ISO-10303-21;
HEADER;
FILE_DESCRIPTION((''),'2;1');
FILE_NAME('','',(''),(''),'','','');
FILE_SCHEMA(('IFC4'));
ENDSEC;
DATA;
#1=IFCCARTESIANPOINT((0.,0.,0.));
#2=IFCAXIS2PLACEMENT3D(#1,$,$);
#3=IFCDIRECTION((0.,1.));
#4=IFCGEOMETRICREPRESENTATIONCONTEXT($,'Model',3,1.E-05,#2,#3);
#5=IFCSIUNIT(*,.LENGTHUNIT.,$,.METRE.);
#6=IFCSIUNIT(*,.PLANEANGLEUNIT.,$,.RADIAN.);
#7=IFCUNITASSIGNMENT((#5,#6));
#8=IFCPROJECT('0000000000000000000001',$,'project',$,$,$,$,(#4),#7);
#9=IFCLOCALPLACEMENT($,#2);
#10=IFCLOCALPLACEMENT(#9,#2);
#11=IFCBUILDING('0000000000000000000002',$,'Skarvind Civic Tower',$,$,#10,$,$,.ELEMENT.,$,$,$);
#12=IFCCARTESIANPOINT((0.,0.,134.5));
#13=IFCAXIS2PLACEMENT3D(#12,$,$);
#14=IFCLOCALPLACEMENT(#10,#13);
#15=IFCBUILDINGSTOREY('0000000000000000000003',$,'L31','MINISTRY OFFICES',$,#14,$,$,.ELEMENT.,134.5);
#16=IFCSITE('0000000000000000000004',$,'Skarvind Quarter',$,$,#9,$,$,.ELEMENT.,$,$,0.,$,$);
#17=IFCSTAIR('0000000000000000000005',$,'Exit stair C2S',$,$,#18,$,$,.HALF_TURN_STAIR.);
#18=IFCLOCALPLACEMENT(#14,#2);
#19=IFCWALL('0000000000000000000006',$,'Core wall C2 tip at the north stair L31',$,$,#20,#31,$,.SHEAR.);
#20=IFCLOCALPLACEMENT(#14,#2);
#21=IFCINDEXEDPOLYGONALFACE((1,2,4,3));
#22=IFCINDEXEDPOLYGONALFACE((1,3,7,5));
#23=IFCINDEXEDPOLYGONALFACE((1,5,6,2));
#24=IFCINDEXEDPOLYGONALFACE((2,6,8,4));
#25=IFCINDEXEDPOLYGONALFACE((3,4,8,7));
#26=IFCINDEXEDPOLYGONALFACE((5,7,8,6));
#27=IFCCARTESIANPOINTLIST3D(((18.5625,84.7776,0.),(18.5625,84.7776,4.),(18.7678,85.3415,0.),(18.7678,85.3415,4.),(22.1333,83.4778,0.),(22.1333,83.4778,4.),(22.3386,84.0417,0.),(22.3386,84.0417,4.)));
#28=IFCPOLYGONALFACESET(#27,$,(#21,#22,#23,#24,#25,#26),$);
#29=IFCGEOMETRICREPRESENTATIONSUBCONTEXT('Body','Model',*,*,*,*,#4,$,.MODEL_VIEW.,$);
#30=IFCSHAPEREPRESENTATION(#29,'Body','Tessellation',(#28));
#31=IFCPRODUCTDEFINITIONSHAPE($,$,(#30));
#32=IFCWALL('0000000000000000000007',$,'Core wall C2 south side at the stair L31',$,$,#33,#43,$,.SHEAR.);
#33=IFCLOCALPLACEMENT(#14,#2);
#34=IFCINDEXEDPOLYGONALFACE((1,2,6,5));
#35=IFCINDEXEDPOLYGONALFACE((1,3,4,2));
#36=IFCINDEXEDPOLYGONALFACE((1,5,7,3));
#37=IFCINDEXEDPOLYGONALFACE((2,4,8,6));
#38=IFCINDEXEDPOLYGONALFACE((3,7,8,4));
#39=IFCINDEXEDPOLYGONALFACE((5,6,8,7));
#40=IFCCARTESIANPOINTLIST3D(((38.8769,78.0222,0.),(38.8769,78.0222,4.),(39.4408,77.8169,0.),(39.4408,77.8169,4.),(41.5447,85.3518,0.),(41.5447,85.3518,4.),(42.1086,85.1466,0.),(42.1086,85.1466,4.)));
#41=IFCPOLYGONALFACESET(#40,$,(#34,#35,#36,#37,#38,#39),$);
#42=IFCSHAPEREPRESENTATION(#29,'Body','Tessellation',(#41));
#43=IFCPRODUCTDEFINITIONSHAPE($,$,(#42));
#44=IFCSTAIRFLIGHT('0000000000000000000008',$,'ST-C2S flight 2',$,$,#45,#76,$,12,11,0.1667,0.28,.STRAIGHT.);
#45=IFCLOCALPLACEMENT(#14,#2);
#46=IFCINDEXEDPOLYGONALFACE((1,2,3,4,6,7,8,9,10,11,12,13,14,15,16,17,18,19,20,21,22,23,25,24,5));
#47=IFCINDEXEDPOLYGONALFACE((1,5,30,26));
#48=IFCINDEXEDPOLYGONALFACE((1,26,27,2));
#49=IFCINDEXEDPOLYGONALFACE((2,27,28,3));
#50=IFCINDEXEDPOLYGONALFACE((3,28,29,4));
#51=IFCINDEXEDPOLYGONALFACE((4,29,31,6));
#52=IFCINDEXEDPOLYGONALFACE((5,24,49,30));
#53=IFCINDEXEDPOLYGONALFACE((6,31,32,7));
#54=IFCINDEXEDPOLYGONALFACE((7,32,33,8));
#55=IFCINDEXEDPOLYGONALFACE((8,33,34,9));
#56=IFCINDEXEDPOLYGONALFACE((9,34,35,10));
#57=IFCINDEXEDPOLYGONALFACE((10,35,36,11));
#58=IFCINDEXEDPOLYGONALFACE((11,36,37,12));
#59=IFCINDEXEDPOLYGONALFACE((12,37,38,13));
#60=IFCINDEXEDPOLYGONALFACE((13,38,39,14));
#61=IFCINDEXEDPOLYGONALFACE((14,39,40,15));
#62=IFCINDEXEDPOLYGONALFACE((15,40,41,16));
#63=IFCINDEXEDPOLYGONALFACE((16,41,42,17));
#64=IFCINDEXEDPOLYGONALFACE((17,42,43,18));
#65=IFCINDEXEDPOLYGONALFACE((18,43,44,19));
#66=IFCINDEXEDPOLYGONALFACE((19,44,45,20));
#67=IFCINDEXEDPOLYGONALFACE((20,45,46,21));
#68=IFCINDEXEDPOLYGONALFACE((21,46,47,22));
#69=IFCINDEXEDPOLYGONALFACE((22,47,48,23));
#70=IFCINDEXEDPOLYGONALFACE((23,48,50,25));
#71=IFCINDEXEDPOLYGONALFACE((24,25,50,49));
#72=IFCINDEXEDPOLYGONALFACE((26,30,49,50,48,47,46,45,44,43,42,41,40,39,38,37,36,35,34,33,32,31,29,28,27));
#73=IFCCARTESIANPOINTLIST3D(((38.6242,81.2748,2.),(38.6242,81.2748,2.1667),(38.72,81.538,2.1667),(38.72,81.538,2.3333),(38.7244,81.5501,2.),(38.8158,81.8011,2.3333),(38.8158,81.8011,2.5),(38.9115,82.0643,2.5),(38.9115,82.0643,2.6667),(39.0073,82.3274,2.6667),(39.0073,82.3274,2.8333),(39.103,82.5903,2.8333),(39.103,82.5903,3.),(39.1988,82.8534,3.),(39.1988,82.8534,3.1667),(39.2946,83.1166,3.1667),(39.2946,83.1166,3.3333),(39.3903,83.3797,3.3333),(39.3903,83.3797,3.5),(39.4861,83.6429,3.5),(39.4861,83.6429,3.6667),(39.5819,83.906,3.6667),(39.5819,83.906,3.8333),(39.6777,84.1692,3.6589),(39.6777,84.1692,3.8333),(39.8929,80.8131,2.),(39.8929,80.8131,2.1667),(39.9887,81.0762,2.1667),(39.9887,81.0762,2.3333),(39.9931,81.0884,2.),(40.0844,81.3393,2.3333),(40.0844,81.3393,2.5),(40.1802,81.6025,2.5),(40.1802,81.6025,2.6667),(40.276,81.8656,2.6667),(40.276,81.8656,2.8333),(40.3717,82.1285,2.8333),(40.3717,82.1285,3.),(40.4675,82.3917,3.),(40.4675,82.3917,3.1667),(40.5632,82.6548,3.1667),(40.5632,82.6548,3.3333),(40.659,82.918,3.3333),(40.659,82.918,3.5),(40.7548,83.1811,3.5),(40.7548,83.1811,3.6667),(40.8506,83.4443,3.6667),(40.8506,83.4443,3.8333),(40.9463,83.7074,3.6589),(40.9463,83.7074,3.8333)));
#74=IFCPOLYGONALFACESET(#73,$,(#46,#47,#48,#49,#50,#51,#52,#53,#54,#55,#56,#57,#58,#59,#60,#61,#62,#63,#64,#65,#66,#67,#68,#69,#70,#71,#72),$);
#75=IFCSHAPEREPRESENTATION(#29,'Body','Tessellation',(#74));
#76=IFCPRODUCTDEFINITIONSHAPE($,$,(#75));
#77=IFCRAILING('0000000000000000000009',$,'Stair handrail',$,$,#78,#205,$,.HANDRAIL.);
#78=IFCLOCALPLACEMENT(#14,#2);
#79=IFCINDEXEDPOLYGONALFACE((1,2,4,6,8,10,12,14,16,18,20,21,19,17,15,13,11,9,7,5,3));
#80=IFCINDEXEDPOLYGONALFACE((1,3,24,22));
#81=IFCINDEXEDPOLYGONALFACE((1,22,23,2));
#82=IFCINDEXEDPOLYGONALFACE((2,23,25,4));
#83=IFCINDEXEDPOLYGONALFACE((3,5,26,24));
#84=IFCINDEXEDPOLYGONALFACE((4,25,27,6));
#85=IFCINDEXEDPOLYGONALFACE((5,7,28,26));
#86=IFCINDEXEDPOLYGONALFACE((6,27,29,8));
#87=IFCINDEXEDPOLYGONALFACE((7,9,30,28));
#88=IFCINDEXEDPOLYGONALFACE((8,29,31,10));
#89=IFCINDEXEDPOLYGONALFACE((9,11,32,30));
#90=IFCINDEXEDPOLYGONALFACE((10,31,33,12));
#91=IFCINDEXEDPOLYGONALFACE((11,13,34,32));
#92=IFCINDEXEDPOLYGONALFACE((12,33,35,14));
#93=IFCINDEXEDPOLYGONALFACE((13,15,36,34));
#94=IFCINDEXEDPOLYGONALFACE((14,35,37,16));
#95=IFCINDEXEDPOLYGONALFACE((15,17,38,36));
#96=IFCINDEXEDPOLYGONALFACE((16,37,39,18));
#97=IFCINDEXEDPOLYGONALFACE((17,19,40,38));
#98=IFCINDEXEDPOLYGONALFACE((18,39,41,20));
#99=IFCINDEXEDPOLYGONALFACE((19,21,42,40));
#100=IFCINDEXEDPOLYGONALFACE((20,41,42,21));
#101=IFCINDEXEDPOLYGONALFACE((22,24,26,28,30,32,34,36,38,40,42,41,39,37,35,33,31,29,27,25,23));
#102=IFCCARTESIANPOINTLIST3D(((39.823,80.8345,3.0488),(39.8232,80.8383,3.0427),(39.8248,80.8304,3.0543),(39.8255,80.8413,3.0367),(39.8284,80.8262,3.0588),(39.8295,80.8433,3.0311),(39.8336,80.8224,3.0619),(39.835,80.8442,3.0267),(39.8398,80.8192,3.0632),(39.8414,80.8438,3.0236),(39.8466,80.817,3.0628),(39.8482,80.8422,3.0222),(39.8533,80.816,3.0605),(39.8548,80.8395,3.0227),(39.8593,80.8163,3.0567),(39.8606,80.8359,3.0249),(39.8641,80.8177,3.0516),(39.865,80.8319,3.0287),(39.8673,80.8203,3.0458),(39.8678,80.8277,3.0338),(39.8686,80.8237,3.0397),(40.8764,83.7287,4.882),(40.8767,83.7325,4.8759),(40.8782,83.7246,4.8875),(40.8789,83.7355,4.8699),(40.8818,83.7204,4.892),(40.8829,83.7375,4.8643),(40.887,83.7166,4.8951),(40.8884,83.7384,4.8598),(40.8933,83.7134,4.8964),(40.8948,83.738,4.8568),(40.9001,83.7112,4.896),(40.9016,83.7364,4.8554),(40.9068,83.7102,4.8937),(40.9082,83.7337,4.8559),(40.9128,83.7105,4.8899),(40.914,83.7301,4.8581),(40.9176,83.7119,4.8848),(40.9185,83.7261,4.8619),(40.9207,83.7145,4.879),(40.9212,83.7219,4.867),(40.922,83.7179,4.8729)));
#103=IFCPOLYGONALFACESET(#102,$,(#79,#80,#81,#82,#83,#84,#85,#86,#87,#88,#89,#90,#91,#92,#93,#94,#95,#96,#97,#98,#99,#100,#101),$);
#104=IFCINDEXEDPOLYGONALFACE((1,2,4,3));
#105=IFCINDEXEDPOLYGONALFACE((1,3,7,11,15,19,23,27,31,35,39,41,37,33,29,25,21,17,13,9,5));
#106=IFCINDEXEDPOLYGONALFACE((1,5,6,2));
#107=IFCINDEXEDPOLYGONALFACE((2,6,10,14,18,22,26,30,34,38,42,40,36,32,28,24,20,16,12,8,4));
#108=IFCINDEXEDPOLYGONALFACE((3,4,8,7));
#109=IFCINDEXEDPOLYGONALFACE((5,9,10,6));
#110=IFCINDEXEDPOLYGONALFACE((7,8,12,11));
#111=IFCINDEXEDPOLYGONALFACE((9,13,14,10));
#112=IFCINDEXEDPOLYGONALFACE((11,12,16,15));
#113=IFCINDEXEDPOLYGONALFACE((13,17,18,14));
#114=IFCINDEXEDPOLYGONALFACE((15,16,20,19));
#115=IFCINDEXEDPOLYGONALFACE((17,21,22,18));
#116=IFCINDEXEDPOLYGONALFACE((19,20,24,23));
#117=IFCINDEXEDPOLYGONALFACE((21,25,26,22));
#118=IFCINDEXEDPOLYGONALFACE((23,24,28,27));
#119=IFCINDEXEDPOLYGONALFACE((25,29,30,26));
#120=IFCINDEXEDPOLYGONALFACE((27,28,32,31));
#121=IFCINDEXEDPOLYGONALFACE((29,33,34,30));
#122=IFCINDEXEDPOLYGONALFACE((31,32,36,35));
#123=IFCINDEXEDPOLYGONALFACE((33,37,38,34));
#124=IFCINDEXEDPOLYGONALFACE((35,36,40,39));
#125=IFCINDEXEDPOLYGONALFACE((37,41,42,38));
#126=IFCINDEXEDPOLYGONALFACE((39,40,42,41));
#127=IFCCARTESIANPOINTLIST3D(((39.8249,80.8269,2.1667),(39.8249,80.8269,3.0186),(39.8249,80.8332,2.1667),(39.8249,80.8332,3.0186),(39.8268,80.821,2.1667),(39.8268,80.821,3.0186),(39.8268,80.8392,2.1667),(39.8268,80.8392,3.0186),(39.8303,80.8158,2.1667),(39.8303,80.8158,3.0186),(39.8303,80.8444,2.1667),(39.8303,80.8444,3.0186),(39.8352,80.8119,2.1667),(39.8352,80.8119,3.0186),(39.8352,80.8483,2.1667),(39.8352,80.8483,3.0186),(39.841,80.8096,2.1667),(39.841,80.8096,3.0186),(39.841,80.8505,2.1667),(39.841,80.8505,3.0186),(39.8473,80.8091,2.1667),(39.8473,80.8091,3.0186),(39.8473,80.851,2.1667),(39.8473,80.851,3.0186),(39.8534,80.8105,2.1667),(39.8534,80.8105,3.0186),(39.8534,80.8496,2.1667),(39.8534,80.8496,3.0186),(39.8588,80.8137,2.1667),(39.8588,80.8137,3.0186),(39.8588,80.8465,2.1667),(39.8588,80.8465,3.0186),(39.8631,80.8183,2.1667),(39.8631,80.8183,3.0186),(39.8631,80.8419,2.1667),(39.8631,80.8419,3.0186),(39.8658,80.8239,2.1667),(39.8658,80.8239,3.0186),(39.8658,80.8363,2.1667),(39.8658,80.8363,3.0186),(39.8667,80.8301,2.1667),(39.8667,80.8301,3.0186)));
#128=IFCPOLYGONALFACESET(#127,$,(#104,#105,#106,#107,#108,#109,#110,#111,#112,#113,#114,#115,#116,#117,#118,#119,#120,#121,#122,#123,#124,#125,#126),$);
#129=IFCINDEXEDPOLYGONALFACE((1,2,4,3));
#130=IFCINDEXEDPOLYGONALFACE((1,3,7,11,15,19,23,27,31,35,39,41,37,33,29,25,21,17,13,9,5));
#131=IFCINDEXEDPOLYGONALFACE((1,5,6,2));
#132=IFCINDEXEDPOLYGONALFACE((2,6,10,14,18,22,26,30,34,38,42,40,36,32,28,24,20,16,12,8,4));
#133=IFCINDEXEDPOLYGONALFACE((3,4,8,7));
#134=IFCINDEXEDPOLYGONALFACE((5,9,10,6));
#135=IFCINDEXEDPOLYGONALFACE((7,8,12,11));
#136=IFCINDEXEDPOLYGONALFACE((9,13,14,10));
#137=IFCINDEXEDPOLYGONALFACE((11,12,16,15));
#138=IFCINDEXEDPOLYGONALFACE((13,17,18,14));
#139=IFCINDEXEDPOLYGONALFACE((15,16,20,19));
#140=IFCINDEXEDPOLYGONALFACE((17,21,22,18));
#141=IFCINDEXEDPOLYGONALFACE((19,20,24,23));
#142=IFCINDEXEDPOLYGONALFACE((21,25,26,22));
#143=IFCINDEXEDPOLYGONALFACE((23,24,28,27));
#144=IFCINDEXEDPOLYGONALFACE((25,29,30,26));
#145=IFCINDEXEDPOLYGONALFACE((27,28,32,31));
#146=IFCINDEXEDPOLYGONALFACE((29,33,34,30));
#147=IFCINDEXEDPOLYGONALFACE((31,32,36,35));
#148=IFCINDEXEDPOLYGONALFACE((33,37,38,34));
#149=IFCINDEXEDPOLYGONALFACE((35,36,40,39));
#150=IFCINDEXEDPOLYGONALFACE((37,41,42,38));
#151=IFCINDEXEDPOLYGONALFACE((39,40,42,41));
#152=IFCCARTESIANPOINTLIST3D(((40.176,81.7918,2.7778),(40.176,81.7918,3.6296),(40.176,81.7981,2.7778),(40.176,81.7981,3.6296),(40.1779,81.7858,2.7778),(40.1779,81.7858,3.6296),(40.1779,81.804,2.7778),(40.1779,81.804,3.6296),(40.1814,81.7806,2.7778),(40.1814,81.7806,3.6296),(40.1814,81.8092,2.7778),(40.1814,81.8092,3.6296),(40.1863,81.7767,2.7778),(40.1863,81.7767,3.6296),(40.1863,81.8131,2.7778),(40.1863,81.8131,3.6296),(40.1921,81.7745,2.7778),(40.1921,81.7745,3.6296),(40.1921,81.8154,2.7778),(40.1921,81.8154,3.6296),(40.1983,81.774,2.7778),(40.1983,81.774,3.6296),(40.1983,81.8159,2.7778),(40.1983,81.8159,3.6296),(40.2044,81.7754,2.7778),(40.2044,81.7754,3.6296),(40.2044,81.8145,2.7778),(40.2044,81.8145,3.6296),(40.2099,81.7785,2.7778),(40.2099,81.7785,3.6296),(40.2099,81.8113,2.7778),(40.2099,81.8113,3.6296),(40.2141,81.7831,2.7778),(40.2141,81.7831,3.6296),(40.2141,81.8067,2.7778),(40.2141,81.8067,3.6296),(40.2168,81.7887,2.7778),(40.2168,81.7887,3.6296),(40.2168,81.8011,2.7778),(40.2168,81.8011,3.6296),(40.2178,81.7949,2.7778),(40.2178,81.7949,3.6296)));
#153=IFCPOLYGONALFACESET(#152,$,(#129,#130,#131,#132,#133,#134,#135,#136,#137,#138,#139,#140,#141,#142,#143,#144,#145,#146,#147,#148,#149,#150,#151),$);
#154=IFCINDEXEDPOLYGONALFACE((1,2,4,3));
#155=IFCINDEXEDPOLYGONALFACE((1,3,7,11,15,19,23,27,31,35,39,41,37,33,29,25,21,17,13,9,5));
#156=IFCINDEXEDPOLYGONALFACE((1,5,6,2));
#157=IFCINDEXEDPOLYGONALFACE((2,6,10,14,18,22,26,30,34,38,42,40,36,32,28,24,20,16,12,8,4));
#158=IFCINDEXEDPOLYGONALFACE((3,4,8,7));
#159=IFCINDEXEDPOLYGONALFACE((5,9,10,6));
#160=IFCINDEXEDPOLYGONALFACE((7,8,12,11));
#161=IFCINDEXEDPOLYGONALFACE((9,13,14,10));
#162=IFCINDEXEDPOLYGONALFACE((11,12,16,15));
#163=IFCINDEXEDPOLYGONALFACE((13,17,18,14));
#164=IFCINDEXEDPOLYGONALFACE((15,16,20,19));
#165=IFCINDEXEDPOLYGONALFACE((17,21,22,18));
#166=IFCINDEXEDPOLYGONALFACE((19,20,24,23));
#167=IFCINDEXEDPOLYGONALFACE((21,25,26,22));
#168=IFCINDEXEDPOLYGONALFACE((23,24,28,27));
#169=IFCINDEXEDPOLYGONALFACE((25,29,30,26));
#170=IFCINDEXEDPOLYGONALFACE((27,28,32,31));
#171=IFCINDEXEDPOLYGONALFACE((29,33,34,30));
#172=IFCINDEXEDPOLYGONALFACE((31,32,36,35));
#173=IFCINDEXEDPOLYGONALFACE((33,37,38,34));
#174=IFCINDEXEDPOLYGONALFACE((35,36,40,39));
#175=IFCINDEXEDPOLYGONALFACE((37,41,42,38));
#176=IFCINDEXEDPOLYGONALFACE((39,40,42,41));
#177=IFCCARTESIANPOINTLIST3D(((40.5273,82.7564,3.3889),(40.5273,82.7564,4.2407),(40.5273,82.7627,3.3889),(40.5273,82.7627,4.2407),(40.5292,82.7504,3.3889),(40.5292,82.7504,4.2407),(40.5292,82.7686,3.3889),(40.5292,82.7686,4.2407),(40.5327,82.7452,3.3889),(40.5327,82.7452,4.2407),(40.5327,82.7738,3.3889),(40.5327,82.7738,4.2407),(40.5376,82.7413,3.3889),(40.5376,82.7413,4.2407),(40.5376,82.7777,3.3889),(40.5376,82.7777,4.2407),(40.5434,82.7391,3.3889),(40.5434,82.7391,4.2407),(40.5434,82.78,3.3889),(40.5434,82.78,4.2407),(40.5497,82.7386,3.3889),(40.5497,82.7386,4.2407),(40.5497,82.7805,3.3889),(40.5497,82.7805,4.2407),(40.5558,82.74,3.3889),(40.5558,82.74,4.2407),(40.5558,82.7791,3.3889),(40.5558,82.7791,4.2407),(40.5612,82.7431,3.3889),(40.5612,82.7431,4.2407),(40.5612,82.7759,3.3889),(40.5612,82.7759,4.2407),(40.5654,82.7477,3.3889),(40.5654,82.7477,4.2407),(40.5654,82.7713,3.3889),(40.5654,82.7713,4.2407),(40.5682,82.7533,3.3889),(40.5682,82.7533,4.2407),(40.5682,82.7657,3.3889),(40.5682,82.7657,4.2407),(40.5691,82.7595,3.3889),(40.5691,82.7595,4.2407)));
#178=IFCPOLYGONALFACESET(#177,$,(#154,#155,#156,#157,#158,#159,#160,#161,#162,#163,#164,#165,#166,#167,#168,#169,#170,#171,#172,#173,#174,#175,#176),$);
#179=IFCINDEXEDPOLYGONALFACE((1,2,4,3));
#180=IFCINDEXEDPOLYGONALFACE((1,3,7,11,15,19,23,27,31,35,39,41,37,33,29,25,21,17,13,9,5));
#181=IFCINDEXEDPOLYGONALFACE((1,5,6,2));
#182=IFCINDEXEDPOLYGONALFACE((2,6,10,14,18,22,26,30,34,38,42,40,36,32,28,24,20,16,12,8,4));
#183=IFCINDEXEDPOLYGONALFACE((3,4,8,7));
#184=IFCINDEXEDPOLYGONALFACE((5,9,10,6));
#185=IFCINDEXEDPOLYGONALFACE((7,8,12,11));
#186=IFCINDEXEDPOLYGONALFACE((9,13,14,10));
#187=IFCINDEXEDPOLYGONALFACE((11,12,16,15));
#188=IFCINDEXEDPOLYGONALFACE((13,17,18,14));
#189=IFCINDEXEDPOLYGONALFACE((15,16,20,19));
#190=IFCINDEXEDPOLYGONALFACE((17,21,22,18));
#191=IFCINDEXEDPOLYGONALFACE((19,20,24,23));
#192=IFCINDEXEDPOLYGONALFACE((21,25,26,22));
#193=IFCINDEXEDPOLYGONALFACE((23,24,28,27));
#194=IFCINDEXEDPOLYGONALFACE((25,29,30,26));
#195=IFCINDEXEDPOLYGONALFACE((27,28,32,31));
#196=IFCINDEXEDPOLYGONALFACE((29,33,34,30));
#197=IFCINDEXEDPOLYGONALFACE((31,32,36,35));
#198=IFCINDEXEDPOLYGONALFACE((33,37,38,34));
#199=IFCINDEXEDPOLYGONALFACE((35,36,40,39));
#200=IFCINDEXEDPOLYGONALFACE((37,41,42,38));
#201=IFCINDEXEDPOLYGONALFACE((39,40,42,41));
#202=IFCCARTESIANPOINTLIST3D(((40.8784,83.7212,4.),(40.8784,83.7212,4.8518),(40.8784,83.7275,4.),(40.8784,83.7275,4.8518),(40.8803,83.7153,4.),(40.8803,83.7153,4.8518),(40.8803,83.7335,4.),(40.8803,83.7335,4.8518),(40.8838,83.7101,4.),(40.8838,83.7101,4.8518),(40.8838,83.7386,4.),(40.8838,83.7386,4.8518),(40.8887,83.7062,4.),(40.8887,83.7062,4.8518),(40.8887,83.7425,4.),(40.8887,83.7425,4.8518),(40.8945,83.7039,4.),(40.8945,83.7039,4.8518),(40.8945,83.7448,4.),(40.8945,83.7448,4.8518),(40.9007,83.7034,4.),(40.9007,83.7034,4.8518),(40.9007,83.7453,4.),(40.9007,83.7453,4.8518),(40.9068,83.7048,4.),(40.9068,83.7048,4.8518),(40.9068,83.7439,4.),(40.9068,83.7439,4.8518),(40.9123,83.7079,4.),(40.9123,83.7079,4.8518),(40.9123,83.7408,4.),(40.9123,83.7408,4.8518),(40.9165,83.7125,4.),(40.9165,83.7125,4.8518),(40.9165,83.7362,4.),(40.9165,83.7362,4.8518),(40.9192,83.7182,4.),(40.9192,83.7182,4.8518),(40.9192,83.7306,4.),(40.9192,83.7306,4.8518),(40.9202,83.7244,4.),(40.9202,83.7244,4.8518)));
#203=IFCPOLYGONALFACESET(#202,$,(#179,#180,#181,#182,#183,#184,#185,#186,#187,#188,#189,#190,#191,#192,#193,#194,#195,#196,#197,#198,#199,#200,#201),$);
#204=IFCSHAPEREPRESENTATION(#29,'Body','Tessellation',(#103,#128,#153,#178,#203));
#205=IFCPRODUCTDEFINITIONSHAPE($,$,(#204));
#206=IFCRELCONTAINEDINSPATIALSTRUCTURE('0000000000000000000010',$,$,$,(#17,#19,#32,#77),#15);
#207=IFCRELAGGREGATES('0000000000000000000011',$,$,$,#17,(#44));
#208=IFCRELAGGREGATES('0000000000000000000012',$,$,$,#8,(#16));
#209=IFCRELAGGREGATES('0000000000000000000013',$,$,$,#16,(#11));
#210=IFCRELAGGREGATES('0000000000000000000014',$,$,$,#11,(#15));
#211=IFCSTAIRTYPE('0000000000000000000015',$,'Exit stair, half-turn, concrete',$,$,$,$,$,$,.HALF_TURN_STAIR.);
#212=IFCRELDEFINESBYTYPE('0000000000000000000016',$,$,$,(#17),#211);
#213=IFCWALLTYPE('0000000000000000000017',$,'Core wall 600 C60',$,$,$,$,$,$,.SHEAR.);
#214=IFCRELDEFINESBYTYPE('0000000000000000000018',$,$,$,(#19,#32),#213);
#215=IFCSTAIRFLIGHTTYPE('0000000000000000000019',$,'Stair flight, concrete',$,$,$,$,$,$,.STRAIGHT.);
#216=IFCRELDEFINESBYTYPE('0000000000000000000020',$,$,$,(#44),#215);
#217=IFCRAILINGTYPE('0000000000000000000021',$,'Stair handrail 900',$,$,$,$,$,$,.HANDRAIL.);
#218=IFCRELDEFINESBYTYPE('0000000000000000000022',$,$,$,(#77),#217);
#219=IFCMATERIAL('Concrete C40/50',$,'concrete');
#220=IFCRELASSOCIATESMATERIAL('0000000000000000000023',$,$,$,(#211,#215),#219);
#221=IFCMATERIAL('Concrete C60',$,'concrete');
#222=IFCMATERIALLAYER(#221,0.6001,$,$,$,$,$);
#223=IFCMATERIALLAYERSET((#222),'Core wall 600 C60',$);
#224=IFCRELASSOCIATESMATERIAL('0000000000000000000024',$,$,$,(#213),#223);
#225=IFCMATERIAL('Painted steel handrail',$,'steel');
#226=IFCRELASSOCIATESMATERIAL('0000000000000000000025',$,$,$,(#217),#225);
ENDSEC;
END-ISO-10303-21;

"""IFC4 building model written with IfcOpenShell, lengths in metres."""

from ifc_helpers import new_model, si_unit, direction, frame, frame_2d, origin, origin_2d, place, context, subcontext, project, spatial, polyline, rectangle, circle, outline, extrude, material, layer, layer_set, type_object, element, aggregate, save


model = new_model("IFC4")

# Units and contexts
model_context = context("Model", 3, precision=1e-05, world=origin(), true_north=direction((0.0, 1.0)))
body_context = subcontext(model_context, "Body", "Model", "MODEL_VIEW")
ifc_project = project(units=[si_unit("LENGTHUNIT", "METRE"), si_unit("PLANEANGLEUNIT", "RADIAN")], contexts=[model_context])

# Site, building, storey
site_placement = place(None, origin())
site = spatial("IfcSite", under=ifc_project, at=site_placement, Name="Skarvind Quarter", CompositionType="ELEMENT", RefElevation=0.0)
building_placement = place(site_placement, origin())
building = spatial("IfcBuilding", under=site, at=building_placement, Name="Skarvind Civic Tower", CompositionType="ELEMENT")
storey_placement = place(building_placement, frame((0.0, 0.0, 134.5)))
storey = spatial("IfcBuildingStorey", under=building, at=storey_placement, Name="L31", Description="MINISTRY OFFICES", CompositionType="ELEMENT", Elevation=134.5)

# Shared definitions
ifc_material_1 = material(Name="Concrete C40/50", Category="concrete")

# Stair
stair_type_1 = type_object("IfcStairType", Name="Exit stair, half-turn, concrete", PredefinedType="HALF_TURN_STAIR", material=ifc_material_1)
stair_1_placement = place(storey_placement, origin())
stair_1 = element("IfcStair", 1, at=stair_1_placement, inside=storey, type_object=stair_type_1, Name="Exit stair C2S", PredefinedType="HALF_TURN_STAIR")

# Shared definitions
ifc_material_2 = material(Name="Concrete C60", Category="concrete")

# Walls
ifc_layer_1 = layer(ifc_material_2, 0.6001)
ifc_layer_set_1 = layer_set([ifc_layer_1], Name="Core wall 600 C60")
wall_type_1 = type_object("IfcWallType", Name="Core wall 600 C60", PredefinedType="SHEAR", material=ifc_layer_set_1)
for number, where, z_axis, x_axis, name in (
    (2, (22.2358, 83.7598, 0.0), (0.0, 0.0, 1.0), (-0.939681, 0.342053, 0.0), "Core wall C2 tip at the north stair L31"),
):
    element("IfcWall", number, at=place(storey_placement, frame(where, z_axis=z_axis, x_axis=x_axis)), inside=storey, type_object=wall_type_1, Name=name, PredefinedType="SHEAR", context=body_context, shape_type="SweptSolid", body=[
        extrude(rectangle(XDim=3.8, YDim=0.6001, at=frame_2d((1.8999, 0.0))), origin(), (0.0, 0.0, 1.0), 4.0),
    ])
wall_1_placement = place(storey_placement, frame((39.1589, 77.9197, 0.0), z_axis=(0.0, 0.0, 1.0), x_axis=(0.342017, 0.939694, 0.0)))
element("IfcWall", 3, at=wall_1_placement, inside=storey, type_object=wall_type_1, Name="Core wall C2 south side at the stair L31", PredefinedType="SHEAR", context=body_context, shape_type="SweptSolid", body=[
    extrude(rectangle(XDim=7.8, YDim=0.6001, at=frame_2d((3.8999, 0.0))), origin(), (0.0, 0.0, 1.0), 4.0),
])

# Stair flight
stair_flight_type = type_object("IfcStairFlightType", Name="Stair flight, concrete", PredefinedType="STRAIGHT", material=ifc_material_1)
stair_flight_placement = place(storey_placement, frame((39.2585, 81.0439, 2.0), z_axis=(0.0, 0.0, 1.0), x_axis=(0.34202, 0.939693, 0.0)))
stair_flight = element("IfcStairFlight", 4, at=stair_flight_placement, type_object=stair_flight_type, Name="ST-C2S flight 2", NumberOfRisers=12, NumberOfTreads=11, PredefinedType="STRAIGHT", RiserHeight=0.1667, TreadLength=0.28, context=body_context, shape_type="SweptSolid", body=[
    extrude(outline(polyline([(0.0, 0.0), (0.0, 0.1667), (0.28, 0.1667), (0.28, 0.3333), (0.5601, 0.3333), (0.5601, 0.5), (0.8401, 0.5), (0.8401, 0.6667), (1.1201, 0.6667), (1.1201, 0.8333), (1.3999, 0.8333), (1.3999, 1.0), (1.6799, 1.0), (1.6799, 1.1667), (1.96, 1.1667), (1.96, 1.3333), (2.24, 1.3333), (2.24, 1.5), (2.52, 1.5), (2.52, 1.6667), (2.8, 1.6667), (2.8, 1.8333), (3.0801, 1.8333), (3.0801, 2.0), (3.0801, 1.6589), (0.293, 0.0), (0.0, 0.0)])), frame((0.0, 0.675, 0.0), z_axis=(0.0, -1.0, 0.0), x_axis=(1.0, 0.0, 0.0)), (0.0, 0.0, 1.0), 1.3501),
])
aggregate(stair_1, [stair_flight])

# Railing
ifc_material_3 = material(Name="Painted steel handrail", Category="steel")
railing_type = type_object("IfcRailingType", Name="Stair handrail 900", PredefinedType="HANDRAIL", material=ifc_material_3)
railing_placement = place(storey_placement, frame((39.8457, 80.8301, 2.1667)))
element("IfcRailing", 5, at=railing_placement, inside=storey, type_object=railing_type, Name="Stair handrail", PredefinedType="HANDRAIL", context=body_context, shape_type="SweptSolid", body=[
    extrude(circle(Radius=0.0239, at=origin_2d()), frame((0.0, 0.0, 0.876), z_axis=(0.293908, 0.807481, 0.511461), x_axis=(-0.939689, 0.342029, 0.0)), (0.0, 0.0, 1.0), 3.5842),
    extrude(circle(Radius=0.021, at=origin_2d()), origin(), (0.0, 0.0, 1.0), 0.8518),
    extrude(circle(Radius=0.021, at=origin_2d()), frame((0.3511, 0.9648, 0.6111)), (0.0, 0.0, 1.0), 0.8518),
    extrude(circle(Radius=0.021, at=origin_2d()), frame((0.7024, 1.9294, 1.2222)), (0.0, 0.0, 1.0), 0.8518),
    extrude(circle(Radius=0.021, at=origin_2d()), frame((1.0535, 2.8943, 1.8333)), (0.0, 0.0, 1.0), 0.8518),
])

save(model, "model.ifc")
